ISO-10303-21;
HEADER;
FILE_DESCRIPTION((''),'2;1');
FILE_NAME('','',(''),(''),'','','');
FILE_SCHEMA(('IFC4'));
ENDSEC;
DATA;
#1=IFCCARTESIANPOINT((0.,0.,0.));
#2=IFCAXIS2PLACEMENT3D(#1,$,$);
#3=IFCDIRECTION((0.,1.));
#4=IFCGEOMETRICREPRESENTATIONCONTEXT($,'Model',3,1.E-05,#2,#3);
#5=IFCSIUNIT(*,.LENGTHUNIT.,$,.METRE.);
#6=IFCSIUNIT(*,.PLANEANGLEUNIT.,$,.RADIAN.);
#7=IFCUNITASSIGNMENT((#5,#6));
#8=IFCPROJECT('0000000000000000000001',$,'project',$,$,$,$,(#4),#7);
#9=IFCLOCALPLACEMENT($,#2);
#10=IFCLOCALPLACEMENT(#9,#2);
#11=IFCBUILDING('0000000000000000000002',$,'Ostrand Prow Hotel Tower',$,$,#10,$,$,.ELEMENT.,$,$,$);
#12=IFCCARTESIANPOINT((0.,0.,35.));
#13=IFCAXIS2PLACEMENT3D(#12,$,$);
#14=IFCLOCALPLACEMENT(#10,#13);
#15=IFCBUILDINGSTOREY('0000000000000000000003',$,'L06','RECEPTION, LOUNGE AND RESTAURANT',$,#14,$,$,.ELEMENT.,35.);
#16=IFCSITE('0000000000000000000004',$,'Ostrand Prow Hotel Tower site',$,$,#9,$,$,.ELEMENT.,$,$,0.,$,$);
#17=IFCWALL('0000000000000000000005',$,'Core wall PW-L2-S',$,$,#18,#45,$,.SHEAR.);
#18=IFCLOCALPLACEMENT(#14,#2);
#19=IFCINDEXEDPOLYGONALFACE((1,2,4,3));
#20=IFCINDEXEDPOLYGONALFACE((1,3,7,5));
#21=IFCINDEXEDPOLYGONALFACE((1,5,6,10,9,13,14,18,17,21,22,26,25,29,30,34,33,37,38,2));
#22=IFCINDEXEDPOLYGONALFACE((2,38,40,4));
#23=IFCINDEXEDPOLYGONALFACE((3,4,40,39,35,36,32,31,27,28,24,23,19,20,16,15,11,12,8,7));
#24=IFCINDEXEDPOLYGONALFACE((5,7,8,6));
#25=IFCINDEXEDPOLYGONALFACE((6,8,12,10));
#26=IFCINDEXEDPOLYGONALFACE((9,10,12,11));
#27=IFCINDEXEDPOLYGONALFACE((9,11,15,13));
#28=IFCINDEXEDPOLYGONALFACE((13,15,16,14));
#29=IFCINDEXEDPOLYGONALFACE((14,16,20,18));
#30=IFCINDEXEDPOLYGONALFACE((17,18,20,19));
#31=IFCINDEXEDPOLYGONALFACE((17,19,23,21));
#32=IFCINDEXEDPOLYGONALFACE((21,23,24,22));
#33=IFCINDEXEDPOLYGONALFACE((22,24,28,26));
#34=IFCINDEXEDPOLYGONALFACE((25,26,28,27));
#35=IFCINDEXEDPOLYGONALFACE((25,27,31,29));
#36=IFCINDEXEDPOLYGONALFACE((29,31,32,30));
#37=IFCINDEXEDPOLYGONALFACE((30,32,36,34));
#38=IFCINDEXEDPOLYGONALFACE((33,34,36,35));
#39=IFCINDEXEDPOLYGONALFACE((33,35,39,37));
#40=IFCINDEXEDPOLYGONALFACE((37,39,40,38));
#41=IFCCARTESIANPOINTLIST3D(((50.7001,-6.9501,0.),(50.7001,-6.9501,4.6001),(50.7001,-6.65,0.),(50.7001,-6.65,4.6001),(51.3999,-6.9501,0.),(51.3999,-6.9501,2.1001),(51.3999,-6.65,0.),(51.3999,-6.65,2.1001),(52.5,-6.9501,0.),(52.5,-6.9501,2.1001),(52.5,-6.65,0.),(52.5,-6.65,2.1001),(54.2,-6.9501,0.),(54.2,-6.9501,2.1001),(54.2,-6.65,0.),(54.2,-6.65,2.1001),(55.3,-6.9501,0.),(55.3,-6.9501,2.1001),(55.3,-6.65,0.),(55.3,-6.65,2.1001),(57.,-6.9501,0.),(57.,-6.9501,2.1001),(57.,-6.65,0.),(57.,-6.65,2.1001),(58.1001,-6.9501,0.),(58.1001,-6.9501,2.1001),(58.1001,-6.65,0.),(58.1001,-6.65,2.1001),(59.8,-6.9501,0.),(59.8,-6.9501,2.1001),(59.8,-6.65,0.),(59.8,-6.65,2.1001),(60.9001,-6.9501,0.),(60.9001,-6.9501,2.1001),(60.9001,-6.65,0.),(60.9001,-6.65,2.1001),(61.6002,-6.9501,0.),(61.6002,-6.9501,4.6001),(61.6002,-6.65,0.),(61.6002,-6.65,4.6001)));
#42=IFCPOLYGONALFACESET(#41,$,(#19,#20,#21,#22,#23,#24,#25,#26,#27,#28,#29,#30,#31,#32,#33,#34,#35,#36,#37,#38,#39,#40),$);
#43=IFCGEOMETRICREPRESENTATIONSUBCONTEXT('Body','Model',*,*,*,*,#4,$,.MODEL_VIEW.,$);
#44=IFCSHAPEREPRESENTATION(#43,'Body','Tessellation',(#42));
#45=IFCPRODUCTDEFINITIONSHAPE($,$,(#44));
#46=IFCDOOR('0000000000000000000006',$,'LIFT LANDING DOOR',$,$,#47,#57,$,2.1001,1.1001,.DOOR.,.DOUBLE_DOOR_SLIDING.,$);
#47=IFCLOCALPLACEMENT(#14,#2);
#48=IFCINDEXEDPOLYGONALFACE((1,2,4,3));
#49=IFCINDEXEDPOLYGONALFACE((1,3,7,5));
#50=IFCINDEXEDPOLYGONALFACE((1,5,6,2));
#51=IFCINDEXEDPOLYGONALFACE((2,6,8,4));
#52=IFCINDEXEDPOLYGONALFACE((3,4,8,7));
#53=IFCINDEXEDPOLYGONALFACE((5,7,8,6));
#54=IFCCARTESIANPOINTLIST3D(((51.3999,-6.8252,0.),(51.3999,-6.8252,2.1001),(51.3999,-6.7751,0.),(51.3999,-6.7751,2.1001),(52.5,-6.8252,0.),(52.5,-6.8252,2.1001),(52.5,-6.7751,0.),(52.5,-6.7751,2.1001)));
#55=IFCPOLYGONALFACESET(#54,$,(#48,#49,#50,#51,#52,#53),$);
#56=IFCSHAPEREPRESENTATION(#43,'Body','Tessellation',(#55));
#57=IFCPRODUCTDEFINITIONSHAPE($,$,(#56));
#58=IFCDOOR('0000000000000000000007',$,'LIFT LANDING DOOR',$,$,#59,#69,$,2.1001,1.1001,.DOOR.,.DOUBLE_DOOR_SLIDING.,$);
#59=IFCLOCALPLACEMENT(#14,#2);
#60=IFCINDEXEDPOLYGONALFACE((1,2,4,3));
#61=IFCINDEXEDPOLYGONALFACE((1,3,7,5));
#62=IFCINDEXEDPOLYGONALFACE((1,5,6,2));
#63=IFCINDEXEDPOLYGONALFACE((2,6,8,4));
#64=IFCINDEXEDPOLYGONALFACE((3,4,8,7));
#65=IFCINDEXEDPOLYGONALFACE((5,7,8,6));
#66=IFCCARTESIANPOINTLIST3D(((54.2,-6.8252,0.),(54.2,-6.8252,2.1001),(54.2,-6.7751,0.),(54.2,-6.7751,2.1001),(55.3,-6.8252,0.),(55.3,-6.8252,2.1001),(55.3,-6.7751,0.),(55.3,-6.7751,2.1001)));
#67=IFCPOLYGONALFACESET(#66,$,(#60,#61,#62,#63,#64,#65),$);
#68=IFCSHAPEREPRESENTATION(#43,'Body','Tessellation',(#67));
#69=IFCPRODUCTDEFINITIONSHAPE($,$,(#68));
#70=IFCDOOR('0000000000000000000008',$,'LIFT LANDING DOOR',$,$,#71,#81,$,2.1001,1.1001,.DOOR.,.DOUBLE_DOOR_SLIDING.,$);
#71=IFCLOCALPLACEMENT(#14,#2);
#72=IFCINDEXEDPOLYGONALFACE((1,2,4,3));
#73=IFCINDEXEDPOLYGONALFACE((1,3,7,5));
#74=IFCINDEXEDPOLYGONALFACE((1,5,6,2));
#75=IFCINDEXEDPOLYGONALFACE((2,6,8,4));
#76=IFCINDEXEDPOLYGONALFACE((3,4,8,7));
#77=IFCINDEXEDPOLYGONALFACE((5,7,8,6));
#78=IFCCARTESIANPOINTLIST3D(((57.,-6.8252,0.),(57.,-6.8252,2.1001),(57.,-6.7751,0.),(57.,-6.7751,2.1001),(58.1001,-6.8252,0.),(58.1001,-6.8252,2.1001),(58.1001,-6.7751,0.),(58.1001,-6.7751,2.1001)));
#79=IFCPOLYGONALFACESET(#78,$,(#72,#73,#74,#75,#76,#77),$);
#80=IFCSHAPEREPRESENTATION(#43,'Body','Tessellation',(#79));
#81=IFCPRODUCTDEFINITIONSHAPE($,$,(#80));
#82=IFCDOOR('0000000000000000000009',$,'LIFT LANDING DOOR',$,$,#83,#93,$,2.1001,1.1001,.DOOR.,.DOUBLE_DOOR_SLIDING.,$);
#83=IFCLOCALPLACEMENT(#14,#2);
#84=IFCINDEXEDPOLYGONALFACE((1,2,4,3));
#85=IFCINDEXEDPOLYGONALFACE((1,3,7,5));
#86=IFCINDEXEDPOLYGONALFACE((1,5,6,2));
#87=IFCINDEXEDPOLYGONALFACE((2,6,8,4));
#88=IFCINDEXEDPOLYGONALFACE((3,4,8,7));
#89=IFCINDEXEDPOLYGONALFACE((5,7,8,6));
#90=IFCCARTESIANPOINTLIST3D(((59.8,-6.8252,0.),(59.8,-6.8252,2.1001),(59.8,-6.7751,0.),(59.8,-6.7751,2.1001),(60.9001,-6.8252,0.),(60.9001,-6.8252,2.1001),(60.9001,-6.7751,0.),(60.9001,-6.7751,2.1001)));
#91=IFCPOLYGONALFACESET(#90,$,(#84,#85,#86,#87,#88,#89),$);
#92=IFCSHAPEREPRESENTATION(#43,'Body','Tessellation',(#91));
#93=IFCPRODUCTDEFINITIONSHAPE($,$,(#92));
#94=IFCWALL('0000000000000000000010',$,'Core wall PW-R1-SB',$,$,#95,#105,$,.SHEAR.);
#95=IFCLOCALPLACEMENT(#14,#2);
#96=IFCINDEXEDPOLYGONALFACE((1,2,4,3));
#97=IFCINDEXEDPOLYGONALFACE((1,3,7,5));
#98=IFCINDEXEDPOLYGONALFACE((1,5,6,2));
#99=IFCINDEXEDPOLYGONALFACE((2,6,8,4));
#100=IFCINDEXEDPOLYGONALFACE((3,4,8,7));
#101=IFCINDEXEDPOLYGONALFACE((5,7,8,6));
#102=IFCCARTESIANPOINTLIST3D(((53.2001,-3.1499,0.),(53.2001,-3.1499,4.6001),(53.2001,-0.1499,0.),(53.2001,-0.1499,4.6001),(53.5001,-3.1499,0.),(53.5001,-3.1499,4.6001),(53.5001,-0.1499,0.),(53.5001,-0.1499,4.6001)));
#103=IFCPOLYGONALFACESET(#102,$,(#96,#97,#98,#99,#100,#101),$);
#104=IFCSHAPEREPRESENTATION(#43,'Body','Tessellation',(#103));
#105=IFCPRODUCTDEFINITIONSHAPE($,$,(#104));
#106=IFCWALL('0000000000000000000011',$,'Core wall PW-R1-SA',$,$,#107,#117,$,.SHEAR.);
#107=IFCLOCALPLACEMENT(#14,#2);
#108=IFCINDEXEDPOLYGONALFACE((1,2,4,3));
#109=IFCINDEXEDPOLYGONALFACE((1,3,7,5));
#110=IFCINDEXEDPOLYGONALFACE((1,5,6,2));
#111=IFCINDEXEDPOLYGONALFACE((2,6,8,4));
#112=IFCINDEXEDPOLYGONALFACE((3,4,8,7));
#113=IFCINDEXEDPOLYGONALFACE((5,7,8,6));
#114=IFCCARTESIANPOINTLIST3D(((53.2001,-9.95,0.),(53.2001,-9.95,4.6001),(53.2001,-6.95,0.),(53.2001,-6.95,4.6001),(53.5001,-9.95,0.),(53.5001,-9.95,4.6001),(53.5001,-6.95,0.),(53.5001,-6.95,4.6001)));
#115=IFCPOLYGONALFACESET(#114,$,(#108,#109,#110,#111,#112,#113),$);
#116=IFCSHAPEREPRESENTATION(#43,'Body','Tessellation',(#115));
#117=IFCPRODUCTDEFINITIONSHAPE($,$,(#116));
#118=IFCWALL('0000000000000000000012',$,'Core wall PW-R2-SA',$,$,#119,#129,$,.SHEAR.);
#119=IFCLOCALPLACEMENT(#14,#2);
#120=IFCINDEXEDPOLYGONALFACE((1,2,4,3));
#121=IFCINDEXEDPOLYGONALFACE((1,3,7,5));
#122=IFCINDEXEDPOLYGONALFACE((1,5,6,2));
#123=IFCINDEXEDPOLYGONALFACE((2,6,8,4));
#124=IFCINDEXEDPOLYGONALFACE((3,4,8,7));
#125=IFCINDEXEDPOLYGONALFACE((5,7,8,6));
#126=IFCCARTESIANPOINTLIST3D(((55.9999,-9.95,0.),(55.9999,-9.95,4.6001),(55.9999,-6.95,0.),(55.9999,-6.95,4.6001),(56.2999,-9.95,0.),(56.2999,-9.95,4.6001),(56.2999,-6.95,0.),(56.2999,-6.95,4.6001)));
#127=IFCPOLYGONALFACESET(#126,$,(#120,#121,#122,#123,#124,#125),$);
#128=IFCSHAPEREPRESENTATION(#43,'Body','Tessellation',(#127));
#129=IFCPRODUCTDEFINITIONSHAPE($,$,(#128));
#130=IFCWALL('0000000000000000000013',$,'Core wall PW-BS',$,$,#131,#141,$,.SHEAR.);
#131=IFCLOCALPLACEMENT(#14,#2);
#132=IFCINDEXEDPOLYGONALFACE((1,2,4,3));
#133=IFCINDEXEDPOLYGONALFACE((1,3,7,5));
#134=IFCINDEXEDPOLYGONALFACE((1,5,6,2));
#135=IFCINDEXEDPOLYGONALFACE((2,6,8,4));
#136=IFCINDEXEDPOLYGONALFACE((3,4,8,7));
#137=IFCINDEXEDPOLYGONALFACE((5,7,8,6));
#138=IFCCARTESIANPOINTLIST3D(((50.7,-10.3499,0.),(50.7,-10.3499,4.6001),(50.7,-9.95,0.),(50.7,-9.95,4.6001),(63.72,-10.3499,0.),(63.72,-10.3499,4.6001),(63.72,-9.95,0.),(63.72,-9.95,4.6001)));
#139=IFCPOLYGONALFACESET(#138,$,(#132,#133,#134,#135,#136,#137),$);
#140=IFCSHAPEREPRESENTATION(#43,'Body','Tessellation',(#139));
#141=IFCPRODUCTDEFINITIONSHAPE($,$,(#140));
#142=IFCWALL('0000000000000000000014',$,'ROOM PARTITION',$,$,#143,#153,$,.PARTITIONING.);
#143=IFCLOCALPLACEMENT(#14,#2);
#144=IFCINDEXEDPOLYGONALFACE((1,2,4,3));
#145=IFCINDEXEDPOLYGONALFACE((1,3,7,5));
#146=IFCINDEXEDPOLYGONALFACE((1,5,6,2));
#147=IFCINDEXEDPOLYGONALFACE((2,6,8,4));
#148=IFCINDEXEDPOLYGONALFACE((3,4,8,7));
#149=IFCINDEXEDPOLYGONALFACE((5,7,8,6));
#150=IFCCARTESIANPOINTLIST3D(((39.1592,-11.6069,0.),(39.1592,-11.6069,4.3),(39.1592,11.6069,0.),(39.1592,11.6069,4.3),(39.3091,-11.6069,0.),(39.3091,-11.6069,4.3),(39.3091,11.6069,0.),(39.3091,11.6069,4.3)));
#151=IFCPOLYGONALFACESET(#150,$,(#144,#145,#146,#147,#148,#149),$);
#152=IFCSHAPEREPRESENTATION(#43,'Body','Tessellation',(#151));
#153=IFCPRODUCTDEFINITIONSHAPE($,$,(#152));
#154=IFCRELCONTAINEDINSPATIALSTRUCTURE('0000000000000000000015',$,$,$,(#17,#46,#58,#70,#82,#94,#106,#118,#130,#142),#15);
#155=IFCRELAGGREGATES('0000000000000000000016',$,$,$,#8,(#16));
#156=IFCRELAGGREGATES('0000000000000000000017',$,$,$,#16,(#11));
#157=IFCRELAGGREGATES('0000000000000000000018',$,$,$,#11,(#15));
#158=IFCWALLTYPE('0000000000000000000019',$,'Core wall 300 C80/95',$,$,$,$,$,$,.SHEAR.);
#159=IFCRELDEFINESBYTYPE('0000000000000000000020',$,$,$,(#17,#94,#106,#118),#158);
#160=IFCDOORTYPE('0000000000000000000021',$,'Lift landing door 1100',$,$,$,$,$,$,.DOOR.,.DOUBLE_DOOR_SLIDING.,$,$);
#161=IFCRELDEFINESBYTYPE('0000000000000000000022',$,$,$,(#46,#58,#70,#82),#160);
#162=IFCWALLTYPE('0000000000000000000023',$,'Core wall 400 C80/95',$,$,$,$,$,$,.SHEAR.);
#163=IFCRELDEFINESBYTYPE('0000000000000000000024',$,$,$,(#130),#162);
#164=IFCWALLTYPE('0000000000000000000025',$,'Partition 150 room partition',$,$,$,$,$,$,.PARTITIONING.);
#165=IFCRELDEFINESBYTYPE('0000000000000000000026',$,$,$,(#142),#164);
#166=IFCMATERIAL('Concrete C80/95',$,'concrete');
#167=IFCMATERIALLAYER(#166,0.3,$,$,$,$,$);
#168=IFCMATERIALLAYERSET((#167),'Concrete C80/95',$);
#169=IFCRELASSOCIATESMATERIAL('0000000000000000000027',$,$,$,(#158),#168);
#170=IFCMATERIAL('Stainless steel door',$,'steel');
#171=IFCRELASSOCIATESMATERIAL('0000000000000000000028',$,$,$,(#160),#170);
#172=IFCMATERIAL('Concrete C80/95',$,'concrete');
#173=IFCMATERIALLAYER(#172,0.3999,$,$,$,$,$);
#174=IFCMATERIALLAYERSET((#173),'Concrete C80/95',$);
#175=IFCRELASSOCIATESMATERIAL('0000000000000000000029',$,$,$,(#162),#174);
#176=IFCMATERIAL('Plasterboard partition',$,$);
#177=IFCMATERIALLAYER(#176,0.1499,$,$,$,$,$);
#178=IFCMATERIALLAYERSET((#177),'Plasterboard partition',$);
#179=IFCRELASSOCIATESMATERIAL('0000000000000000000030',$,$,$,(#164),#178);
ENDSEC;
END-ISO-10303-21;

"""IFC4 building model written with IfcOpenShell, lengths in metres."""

from ifc_helpers import new_model, si_unit, direction, frame, frame_2d, origin, place, context, subcontext, project, spatial, rectangle, extrude, material, layer, layer_set, type_object, element, fill, save


model = new_model("IFC4")

# Units and contexts
model_context = context("Model", 3, precision=1e-05, world=origin(), true_north=direction((0.0, 1.0)))
body_context = subcontext(model_context, "Body", "Model", "MODEL_VIEW")
ifc_project = project(units=[si_unit("LENGTHUNIT", "METRE"), si_unit("PLANEANGLEUNIT", "RADIAN")], contexts=[model_context])

# Site, building, storey
site_placement = place(None, origin())
site = spatial("IfcSite", under=ifc_project, at=site_placement, Name="Ostrand Prow Hotel Tower site", CompositionType="ELEMENT", RefElevation=0.0)
building_placement = place(site_placement, origin())
building = spatial("IfcBuilding", under=site, at=building_placement, Name="Ostrand Prow Hotel Tower", CompositionType="ELEMENT")
storey_placement = place(building_placement, frame((0.0, 0.0, 35.0)))
storey = spatial("IfcBuildingStorey", under=building, at=storey_placement, Name="L06", Description="RECEPTION, LOUNGE AND RESTAURANT", CompositionType="ELEMENT", Elevation=35.0)

# Shared definitions
ifc_material_1 = material(Name="Concrete C80/95", Category="concrete")
ifc_layer_1 = layer(ifc_material_1, 0.3)
ifc_layer_set_1 = layer_set([ifc_layer_1], Name="Concrete C80/95")
wall_type_1 = type_object("IfcWallType", Name="Core wall 300 C80/95", PredefinedType="SHEAR", material=ifc_layer_set_1)

# Wall, openings, doors
wall_1_placement = place(storey_placement, frame((50.7, -6.8, 0.0), z_axis=(0.0, 0.0, 1.0), x_axis=(1.0, 0.0, 0.0)))
wall_1 = element("IfcWall", 1, at=wall_1_placement, inside=storey, type_object=wall_type_1, Name="Core wall PW-L2-S", PredefinedType="SHEAR", context=body_context, shape_type="SweptSolid", body=[
    extrude(rectangle(XDim=10.9001, YDim=0.3, at=frame_2d((5.4502, 0.0))), origin(), (0.0, 0.0, 1.0), 4.6001),
])
opening_1_placement = place(wall_1_placement, frame((0.7, 0.0, 0.0)))
opening_1 = element("IfcOpeningElement", 2, at=opening_1_placement, cuts=wall_1, PredefinedType="OPENING", context=body_context, shape_type="SweptSolid", body=[
    extrude(rectangle(XDim=1.1001, YDim=2.1001, at=frame_2d((0.55, 1.05))), frame((0.0, 0.1599, 0.0), z_axis=(0.0, -1.0, 0.0), x_axis=(1.0, 0.0, 0.0)), (0.0, 0.0, 1.0), 0.3201),
])
opening_2_placement = place(wall_1_placement, frame((3.5, 0.0, 0.0)))
opening_2 = element("IfcOpeningElement", 3, at=opening_2_placement, cuts=wall_1, PredefinedType="OPENING", context=body_context, shape_type="SweptSolid", body=[
    extrude(rectangle(XDim=1.1001, YDim=2.1001, at=frame_2d((0.55, 1.05))), frame((0.0, 0.1599, 0.0), z_axis=(0.0, -1.0, 0.0), x_axis=(1.0, 0.0, 0.0)), (0.0, 0.0, 1.0), 0.3201),
])
opening_3_placement = place(wall_1_placement, frame((6.3, 0.0, 0.0)))
opening_3 = element("IfcOpeningElement", 4, at=opening_3_placement, cuts=wall_1, PredefinedType="OPENING", context=body_context, shape_type="SweptSolid", body=[
    extrude(rectangle(XDim=1.1001, YDim=2.1001, at=frame_2d((0.55, 1.05))), frame((0.0, 0.1599, 0.0), z_axis=(0.0, -1.0, 0.0), x_axis=(1.0, 0.0, 0.0)), (0.0, 0.0, 1.0), 0.3201),
])
opening_4_placement = place(wall_1_placement, frame((9.1001, 0.0, 0.0)))
opening_4 = element("IfcOpeningElement", 5, at=opening_4_placement, cuts=wall_1, PredefinedType="OPENING", context=body_context, shape_type="SweptSolid", body=[
    extrude(rectangle(XDim=1.1001, YDim=2.1001, at=frame_2d((0.55, 1.05))), frame((0.0, 0.1599, 0.0), z_axis=(0.0, -1.0, 0.0), x_axis=(1.0, 0.0, 0.0)), (0.0, 0.0, 1.0), 0.3201),
])
ifc_material_2 = material(Name="Stainless steel door", Category="steel")
door_type_1 = type_object("IfcDoorType", Name="Lift landing door 1100", OperationType="DOUBLE_DOOR_SLIDING", PredefinedType="DOOR", material=ifc_material_2)
door_1_placement = place(opening_1_placement, origin())
door_1 = element("IfcDoor", 6, at=door_1_placement, inside=storey, type_object=door_type_1, Name="LIFT LANDING DOOR", OperationType="DOUBLE_DOOR_SLIDING", OverallHeight=2.1001, OverallWidth=1.1001, PredefinedType="DOOR", context=body_context, shape_type="SweptSolid", body=[
    extrude(rectangle(XDim=1.1001, YDim=2.1001, at=frame_2d((0.55, 1.05))), frame((0.0, 0.0249, 0.0), z_axis=(0.0, -1.0, 0.0), x_axis=(1.0, 0.0, 0.0)), (0.0, 0.0, 1.0), 0.05),
])
fill(opening_1, door_1)
door_2_placement = place(opening_2_placement, origin())
door_2 = element("IfcDoor", 7, at=door_2_placement, inside=storey, type_object=door_type_1, Name="LIFT LANDING DOOR", OperationType="DOUBLE_DOOR_SLIDING", OverallHeight=2.1001, OverallWidth=1.1001, PredefinedType="DOOR", context=body_context, shape_type="SweptSolid", body=[
    extrude(rectangle(XDim=1.1001, YDim=2.1001, at=frame_2d((0.55, 1.05))), frame((0.0, 0.0249, 0.0), z_axis=(0.0, -1.0, 0.0), x_axis=(1.0, 0.0, 0.0)), (0.0, 0.0, 1.0), 0.05),
])
fill(opening_2, door_2)
door_3_placement = place(opening_3_placement, origin())
door_3 = element("IfcDoor", 8, at=door_3_placement, inside=storey, type_object=door_type_1, Name="LIFT LANDING DOOR", OperationType="DOUBLE_DOOR_SLIDING", OverallHeight=2.1001, OverallWidth=1.1001, PredefinedType="DOOR", context=body_context, shape_type="SweptSolid", body=[
    extrude(rectangle(XDim=1.1001, YDim=2.1001, at=frame_2d((0.55, 1.05))), frame((0.0, 0.0249, 0.0), z_axis=(0.0, -1.0, 0.0), x_axis=(1.0, 0.0, 0.0)), (0.0, 0.0, 1.0), 0.05),
])
fill(opening_3, door_3)
door_4_placement = place(opening_4_placement, origin())
door_4 = element("IfcDoor", 9, at=door_4_placement, inside=storey, type_object=door_type_1, Name="LIFT LANDING DOOR", OperationType="DOUBLE_DOOR_SLIDING", OverallHeight=2.1001, OverallWidth=1.1001, PredefinedType="DOOR", context=body_context, shape_type="SweptSolid", body=[
    extrude(rectangle(XDim=1.1001, YDim=2.1001, at=frame_2d((0.55, 1.05))), frame((0.0, 0.0249, 0.0), z_axis=(0.0, -1.0, 0.0), x_axis=(1.0, 0.0, 0.0)), (0.0, 0.0, 1.0), 0.05),
])
fill(opening_4, door_4)

# Walls
for number, where, z_axis, x_axis, name in (
    (10, (53.3501, -3.1499, 0.0), (0.0, 0.0, 1.0), (0.0, 1.0, 0.0), "Core wall PW-R1-SB"),
    (11, (53.3501, -9.95, 0.0), (0.0, 0.0, 1.0), (0.0, 1.0, 0.0), "Core wall PW-R1-SA"),
    (12, (56.1499, -9.95, 0.0), (0.0, 0.0, 1.0), (0.0, 1.0, 0.0), "Core wall PW-R2-SA"),
):
    element("IfcWall", number, at=place(storey_placement, frame(where, z_axis=z_axis, x_axis=x_axis)), inside=storey, type_object=wall_type_1, Name=name, PredefinedType="SHEAR", context=body_context, shape_type="SweptSolid", body=[
        extrude(rectangle(XDim=3.0, YDim=0.3, at=frame_2d((1.5, 0.0))), origin(), (0.0, 0.0, 1.0), 4.6001),
    ])
ifc_material_3 = material(Name="Concrete C80/95", Category="concrete")
ifc_layer_2 = layer(ifc_material_3, 0.3999)
ifc_layer_set_2 = layer_set([ifc_layer_2], Name="Concrete C80/95")
wall_type_2 = type_object("IfcWallType", Name="Core wall 400 C80/95", PredefinedType="SHEAR", material=ifc_layer_set_2)
wall_2_placement = place(storey_placement, frame((50.7, -10.1499, 0.0), z_axis=(0.0, 0.0, 1.0), x_axis=(1.0, 0.0, 0.0)))
element("IfcWall", 13, at=wall_2_placement, inside=storey, type_object=wall_type_2, Name="Core wall PW-BS", PredefinedType="SHEAR", context=body_context, shape_type="SweptSolid", body=[
    extrude(rectangle(XDim=13.02, YDim=0.3999, at=frame_2d((6.51, 0.0))), origin(), (0.0, 0.0, 1.0), 4.6001),
])
ifc_material_4 = material(Name="Plasterboard partition")
ifc_layer_3 = layer(ifc_material_4, 0.1499)
ifc_layer_set_3 = layer_set([ifc_layer_3], Name="Plasterboard partition")
wall_type_3 = type_object("IfcWallType", Name="Partition 150 room partition", PredefinedType="PARTITIONING", material=ifc_layer_set_3)
wall_3_placement = place(storey_placement, frame((39.2341, -11.6069, 0.0), z_axis=(0.0, 0.0, 1.0), x_axis=(0.0, 1.0, 0.0)))
element("IfcWall", 14, at=wall_3_placement, inside=storey, type_object=wall_type_3, Name="ROOM PARTITION", PredefinedType="PARTITIONING", context=body_context, shape_type="SweptSolid", body=[
    extrude(rectangle(XDim=23.2139, YDim=0.1499, at=frame_2d((11.6069, 0.0))), origin(), (0.0, 0.0, 1.0), 4.3),
])

save(model, "model.ifc")
